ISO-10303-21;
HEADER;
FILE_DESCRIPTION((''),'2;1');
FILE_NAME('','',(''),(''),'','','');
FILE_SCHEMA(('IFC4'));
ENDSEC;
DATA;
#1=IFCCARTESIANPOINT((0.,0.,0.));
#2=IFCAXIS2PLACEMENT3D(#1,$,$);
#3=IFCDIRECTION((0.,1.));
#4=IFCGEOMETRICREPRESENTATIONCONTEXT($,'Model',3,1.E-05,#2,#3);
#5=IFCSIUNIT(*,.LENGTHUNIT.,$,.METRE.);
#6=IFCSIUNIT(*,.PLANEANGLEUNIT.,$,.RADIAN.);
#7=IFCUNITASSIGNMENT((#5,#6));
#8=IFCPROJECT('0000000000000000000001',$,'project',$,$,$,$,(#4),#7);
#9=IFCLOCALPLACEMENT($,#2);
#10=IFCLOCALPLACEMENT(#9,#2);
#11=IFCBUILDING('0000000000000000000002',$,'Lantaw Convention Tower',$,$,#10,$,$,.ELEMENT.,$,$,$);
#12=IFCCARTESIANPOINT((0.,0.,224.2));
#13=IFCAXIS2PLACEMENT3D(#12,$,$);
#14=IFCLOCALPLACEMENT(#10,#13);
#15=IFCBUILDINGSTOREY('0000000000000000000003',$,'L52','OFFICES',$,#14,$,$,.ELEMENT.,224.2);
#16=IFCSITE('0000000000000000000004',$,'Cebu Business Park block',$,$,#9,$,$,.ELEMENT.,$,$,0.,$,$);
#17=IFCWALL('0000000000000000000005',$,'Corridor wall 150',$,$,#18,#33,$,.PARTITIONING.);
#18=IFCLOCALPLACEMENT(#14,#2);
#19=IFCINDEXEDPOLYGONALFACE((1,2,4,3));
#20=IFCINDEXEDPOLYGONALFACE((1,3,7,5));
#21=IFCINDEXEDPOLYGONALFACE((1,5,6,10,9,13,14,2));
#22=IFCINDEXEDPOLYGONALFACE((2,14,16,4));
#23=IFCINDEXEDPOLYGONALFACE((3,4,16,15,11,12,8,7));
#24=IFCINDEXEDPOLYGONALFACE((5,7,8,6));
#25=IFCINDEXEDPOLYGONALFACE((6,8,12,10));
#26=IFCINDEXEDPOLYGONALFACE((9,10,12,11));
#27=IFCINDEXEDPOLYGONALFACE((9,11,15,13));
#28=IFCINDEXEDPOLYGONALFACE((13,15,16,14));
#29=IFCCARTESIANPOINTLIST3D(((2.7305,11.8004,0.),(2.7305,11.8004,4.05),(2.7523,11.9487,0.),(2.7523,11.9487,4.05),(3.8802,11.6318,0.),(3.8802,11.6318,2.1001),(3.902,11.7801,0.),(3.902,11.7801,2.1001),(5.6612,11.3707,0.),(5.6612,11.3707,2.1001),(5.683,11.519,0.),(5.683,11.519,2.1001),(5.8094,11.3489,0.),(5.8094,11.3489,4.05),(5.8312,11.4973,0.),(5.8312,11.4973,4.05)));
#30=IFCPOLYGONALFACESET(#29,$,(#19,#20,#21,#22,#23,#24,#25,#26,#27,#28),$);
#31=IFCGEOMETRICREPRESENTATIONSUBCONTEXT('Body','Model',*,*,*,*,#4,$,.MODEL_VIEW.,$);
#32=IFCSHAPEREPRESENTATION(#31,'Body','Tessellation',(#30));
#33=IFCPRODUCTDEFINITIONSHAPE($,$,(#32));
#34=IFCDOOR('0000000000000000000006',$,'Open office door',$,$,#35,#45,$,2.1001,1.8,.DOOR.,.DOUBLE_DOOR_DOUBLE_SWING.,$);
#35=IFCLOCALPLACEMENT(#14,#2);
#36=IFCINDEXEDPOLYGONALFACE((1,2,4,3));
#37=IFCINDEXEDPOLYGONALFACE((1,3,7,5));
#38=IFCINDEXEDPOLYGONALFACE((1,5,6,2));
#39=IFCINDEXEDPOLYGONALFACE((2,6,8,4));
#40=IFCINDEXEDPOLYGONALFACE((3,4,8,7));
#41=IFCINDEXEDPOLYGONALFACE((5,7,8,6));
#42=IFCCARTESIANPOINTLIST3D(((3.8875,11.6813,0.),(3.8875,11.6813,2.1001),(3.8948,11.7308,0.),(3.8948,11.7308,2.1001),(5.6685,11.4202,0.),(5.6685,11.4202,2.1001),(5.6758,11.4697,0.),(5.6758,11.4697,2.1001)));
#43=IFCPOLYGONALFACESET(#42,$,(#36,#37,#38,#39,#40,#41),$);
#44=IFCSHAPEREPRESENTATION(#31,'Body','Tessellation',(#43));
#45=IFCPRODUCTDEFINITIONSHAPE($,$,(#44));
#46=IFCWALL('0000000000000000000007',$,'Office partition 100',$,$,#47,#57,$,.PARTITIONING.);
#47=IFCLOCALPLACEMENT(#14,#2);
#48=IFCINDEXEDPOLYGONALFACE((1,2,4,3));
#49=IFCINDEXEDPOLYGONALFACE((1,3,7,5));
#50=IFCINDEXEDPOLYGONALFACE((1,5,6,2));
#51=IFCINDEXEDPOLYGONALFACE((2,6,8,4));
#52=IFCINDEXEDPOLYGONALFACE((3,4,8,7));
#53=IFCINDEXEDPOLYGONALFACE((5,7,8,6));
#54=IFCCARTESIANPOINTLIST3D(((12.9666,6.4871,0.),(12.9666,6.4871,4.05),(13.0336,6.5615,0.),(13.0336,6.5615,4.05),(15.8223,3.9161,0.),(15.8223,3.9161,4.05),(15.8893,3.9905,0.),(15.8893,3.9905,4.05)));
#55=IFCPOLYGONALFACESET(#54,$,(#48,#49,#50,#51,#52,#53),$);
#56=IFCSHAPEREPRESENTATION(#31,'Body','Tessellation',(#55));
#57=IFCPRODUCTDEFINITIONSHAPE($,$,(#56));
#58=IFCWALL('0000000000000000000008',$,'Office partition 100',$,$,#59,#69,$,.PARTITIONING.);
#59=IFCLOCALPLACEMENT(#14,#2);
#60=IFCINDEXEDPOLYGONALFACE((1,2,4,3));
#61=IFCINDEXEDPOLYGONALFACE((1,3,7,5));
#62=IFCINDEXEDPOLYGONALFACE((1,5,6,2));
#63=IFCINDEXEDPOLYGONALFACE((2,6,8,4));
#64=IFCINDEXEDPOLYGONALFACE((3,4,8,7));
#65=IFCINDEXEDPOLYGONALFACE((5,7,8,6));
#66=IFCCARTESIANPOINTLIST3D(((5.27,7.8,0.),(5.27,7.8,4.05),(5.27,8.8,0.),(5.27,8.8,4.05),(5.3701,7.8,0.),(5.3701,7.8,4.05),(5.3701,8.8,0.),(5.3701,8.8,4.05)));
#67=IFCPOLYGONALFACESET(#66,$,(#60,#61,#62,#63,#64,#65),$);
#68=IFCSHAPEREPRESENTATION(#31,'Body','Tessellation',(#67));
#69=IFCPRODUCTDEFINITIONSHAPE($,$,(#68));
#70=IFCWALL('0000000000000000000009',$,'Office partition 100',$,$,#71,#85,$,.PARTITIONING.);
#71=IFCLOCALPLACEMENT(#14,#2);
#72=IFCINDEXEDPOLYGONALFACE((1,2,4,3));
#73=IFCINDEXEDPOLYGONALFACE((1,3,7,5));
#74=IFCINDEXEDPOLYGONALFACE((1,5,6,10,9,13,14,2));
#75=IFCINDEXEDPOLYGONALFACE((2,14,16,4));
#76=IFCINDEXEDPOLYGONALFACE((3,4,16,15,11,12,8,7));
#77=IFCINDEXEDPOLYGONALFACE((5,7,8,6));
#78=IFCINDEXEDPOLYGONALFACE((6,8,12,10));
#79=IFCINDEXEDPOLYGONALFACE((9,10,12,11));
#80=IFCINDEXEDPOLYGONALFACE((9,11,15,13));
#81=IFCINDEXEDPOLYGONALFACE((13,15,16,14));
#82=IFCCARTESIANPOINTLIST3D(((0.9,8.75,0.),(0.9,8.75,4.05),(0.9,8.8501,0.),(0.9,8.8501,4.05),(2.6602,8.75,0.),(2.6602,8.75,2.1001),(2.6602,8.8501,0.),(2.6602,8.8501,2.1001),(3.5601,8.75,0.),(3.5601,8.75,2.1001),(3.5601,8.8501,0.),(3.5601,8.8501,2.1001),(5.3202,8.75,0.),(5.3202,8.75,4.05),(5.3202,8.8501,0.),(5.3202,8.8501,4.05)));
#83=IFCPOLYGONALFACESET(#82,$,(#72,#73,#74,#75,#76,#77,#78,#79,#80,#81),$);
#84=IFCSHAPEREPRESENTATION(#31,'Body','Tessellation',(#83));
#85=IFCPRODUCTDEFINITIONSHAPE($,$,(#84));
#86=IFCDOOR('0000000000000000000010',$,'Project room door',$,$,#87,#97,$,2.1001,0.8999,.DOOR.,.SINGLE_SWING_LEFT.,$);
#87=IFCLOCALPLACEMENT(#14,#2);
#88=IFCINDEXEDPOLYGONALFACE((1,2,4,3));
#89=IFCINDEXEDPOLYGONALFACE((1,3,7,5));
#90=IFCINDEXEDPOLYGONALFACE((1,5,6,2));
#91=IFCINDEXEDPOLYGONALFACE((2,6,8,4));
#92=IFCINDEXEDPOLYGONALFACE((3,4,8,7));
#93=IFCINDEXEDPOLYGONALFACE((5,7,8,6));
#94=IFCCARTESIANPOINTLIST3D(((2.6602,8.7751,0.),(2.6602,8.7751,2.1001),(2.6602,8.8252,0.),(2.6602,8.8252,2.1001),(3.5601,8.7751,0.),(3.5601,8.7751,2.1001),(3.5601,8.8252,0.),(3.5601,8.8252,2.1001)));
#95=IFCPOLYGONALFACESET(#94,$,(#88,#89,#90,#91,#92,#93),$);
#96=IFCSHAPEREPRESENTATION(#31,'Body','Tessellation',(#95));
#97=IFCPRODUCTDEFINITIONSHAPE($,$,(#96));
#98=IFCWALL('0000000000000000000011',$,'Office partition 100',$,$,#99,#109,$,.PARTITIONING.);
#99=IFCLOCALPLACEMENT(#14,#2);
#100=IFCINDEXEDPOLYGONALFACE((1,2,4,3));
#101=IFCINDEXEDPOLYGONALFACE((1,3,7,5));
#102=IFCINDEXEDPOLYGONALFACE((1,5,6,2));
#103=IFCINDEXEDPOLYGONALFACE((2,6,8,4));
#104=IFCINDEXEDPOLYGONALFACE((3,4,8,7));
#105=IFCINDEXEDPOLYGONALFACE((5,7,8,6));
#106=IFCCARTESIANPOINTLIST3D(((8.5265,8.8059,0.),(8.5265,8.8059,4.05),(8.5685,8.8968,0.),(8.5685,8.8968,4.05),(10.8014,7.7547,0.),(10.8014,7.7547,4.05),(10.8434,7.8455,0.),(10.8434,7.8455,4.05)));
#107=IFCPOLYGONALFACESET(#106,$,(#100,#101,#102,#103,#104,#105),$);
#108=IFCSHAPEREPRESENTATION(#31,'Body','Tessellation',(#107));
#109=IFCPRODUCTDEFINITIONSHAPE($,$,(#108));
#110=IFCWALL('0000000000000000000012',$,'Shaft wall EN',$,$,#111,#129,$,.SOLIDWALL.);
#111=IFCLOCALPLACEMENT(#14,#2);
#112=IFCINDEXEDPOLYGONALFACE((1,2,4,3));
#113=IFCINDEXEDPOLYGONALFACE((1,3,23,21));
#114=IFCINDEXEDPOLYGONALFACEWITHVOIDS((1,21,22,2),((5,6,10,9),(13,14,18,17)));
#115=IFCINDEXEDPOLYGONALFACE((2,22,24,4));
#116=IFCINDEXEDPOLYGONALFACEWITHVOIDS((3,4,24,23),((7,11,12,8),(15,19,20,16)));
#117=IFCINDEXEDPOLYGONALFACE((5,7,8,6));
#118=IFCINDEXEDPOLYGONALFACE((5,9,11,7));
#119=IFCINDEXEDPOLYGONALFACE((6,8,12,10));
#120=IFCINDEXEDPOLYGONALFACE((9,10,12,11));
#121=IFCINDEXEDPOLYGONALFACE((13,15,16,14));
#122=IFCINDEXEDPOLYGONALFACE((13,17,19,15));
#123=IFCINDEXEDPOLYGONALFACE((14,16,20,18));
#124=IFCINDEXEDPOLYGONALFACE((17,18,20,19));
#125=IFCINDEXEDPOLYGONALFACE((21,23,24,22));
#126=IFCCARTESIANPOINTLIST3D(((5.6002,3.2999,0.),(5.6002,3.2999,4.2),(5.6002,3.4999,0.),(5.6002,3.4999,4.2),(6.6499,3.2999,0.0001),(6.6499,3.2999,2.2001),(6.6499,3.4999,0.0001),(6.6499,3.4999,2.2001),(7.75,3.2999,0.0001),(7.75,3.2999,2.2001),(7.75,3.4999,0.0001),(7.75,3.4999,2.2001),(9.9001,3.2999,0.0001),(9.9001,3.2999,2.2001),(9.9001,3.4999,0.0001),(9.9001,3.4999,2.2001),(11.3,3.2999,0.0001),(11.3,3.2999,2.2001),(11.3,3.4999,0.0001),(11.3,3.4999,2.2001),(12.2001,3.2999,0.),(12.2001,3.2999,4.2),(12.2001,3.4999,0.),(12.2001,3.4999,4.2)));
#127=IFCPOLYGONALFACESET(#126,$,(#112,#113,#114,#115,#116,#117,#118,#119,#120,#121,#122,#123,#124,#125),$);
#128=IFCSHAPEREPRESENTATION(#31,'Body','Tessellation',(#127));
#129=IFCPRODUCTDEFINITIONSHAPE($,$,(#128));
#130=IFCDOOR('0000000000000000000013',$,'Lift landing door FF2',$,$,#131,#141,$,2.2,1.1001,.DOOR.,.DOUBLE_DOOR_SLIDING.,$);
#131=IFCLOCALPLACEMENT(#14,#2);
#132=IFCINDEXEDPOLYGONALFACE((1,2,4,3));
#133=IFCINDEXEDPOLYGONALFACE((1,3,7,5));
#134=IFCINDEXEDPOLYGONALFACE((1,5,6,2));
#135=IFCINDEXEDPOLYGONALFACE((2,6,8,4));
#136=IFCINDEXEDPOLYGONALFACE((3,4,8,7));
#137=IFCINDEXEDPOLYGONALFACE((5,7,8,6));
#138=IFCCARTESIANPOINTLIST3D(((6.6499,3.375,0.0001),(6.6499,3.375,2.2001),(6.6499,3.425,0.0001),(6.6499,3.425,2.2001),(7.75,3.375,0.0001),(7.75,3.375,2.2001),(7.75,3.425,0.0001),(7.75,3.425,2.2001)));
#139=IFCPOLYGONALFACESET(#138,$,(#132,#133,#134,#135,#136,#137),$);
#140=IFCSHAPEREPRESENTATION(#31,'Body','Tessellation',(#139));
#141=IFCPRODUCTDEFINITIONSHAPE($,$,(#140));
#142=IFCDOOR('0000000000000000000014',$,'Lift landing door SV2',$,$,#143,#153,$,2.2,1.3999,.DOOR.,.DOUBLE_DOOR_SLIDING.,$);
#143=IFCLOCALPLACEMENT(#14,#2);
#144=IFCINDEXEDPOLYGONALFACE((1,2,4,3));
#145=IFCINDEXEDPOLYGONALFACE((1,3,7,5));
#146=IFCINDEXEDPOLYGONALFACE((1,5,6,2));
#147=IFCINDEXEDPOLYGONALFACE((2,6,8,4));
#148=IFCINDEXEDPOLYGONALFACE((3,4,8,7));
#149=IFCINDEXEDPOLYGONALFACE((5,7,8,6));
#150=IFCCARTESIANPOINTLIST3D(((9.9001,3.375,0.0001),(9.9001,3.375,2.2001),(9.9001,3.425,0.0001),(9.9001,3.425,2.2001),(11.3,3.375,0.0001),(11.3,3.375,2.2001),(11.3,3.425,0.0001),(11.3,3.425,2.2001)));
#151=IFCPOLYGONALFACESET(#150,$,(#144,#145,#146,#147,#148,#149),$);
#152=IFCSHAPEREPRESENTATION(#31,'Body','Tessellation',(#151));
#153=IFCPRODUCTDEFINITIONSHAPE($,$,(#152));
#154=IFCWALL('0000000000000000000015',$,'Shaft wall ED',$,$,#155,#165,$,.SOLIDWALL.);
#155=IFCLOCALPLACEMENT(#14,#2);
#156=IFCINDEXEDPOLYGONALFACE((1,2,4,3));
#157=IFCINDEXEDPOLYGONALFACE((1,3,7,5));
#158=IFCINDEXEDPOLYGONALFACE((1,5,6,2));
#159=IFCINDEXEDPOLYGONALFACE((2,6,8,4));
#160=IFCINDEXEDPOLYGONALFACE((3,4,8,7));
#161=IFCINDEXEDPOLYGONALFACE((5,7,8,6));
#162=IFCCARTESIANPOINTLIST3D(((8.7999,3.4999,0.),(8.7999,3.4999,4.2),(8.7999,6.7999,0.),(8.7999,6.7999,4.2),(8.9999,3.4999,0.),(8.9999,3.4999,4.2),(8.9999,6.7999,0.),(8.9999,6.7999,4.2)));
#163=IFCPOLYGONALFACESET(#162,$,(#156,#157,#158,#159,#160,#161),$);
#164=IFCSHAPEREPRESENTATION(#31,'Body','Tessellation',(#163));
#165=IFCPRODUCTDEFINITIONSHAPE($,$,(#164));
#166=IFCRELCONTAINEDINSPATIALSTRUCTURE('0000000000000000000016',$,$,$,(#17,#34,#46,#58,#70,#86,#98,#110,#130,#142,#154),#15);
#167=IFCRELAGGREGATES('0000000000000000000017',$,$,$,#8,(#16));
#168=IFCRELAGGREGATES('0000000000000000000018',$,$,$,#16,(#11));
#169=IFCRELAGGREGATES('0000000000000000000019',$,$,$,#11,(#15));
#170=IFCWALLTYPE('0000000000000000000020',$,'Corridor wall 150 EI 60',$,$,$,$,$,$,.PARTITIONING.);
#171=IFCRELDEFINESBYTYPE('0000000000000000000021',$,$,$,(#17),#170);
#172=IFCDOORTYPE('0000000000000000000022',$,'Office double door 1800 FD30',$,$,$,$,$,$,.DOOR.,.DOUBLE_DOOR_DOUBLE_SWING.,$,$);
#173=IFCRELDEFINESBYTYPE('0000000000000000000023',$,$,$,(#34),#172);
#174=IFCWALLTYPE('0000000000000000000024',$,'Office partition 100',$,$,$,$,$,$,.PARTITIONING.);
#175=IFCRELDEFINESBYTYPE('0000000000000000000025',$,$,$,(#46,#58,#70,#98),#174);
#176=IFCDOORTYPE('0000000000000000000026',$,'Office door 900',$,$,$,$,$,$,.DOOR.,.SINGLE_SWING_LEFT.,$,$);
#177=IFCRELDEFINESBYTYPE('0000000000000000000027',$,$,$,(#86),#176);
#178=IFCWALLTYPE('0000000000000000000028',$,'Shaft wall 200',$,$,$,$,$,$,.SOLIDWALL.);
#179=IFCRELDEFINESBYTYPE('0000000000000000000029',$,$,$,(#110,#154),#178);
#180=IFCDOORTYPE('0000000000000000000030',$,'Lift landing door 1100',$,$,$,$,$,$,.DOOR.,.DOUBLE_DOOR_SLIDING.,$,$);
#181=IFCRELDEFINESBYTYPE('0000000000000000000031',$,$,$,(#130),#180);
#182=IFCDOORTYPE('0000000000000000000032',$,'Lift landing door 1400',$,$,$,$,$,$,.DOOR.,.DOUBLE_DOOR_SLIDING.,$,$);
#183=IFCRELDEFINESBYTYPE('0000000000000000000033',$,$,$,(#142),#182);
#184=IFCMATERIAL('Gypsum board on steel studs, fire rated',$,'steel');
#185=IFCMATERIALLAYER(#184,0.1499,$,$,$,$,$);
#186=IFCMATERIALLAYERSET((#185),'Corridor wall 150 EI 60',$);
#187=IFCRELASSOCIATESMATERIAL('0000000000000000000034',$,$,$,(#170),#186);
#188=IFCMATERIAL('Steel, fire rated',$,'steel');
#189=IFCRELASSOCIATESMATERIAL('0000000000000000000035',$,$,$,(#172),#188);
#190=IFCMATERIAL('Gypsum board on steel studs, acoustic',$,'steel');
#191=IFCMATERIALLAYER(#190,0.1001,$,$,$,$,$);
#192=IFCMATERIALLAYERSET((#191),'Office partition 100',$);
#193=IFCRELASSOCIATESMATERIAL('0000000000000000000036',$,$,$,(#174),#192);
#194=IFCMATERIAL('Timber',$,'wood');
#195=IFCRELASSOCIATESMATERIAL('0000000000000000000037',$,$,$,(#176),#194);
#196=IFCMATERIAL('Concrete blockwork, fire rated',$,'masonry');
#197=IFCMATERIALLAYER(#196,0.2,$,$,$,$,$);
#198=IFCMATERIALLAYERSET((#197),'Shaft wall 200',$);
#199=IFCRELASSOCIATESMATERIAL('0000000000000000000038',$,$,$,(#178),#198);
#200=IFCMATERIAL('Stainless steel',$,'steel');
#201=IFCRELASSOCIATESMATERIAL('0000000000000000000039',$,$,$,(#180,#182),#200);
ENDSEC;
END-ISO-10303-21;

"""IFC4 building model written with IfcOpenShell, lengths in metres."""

from ifc_helpers import new_model, si_unit, direction, frame, frame_2d, origin, place, context, subcontext, project, spatial, rectangle, extrude, material, layer, layer_set, type_object, element, fill, save


model = new_model("IFC4")

# Units and contexts
model_context = context("Model", 3, precision=1e-05, world=origin(), true_north=direction((0.0, 1.0)))
body_context = subcontext(model_context, "Body", "Model", "MODEL_VIEW")
ifc_project = project(units=[si_unit("LENGTHUNIT", "METRE"), si_unit("PLANEANGLEUNIT", "RADIAN")], contexts=[model_context])

# Site, building, storey
site_placement = place(None, origin())
site = spatial("IfcSite", under=ifc_project, at=site_placement, Name="Cebu Business Park block", CompositionType="ELEMENT", RefElevation=0.0)
building_placement = place(site_placement, origin())
building = spatial("IfcBuilding", under=site, at=building_placement, Name="Lantaw Convention Tower", CompositionType="ELEMENT")
storey_placement = place(building_placement, frame((0.0, 0.0, 224.2)))
storey = spatial("IfcBuildingStorey", under=building, at=storey_placement, Name="L52", Description="OFFICES", CompositionType="ELEMENT", Elevation=224.2)

# Shared definitions
ifc_material_1 = material(Name="Gypsum board on steel studs, fire rated", Category="steel")
ifc_layer_1 = layer(ifc_material_1, 0.1499)
ifc_layer_set_1 = layer_set([ifc_layer_1], Name="Corridor wall 150 EI 60")
wall_type_1 = type_object("IfcWallType", Name="Corridor wall 150 EI 60", PredefinedType="PARTITIONING", material=ifc_layer_set_1)

# Wall, opening, door
wall_1_placement = place(storey_placement, frame((5.8203, 11.4231, 0.0), z_axis=(0.0, 0.0, 1.0), x_axis=(-0.989422, 0.145067, 0.0)))
wall_1 = element("IfcWall", 1, at=wall_1_placement, inside=storey, type_object=wall_type_1, Name="Corridor wall 150", PredefinedType="PARTITIONING", context=body_context, shape_type="SweptSolid", body=[
    extrude(rectangle(XDim=3.1118, YDim=0.1499, at=frame_2d((1.5559, 0.0))), origin(), (0.0, 0.0, 1.0), 4.05),
])
opening_1_placement = place(wall_1_placement, frame((0.1499, 0.0, 0.0)))
opening_1 = element("IfcOpeningElement", 2, at=opening_1_placement, cuts=wall_1, PredefinedType="OPENING", context=body_context, shape_type="SweptSolid", body=[
    extrude(rectangle(XDim=1.8, YDim=2.1001, at=frame_2d((0.8999, 1.05))), frame((0.0, 0.085, 0.0), z_axis=(0.0, -1.0, 0.0), x_axis=(1.0, 0.0, 0.0)), (0.0, 0.0, 1.0), 0.1699),
])
ifc_material_2 = material(Name="Steel, fire rated", Category="steel")
door_type_1 = type_object("IfcDoorType", Name="Office double door 1800 FD30", OperationType="DOUBLE_DOOR_DOUBLE_SWING", PredefinedType="DOOR", material=ifc_material_2)
door_1_placement = place(opening_1_placement, origin())
door_1 = element("IfcDoor", 3, at=door_1_placement, inside=storey, type_object=door_type_1, Name="Open office door", OperationType="DOUBLE_DOOR_DOUBLE_SWING", OverallHeight=2.1001, OverallWidth=1.8, PredefinedType="DOOR", context=body_context, shape_type="SweptSolid", body=[
    extrude(rectangle(XDim=1.8, YDim=2.1001, at=frame_2d((0.8999, 1.05))), frame((0.0, 0.0249, 0.0), z_axis=(0.0, -1.0, 0.0), x_axis=(1.0, 0.0, 0.0)), (0.0, 0.0, 1.0), 0.05),
])
fill(opening_1, door_1)

# Walls
ifc_material_3 = material(Name="Gypsum board on steel studs, acoustic", Category="steel")
ifc_layer_2 = layer(ifc_material_3, 0.1001)
ifc_layer_set_2 = layer_set([ifc_layer_2], Name="Office partition 100")
wall_type_2 = type_object("IfcWallType", Name="Office partition 100", PredefinedType="PARTITIONING", material=ifc_layer_set_2)
wall_2_placement = place(storey_placement, frame((13.0, 6.5244, 0.0), z_axis=(0.0, 0.0, 1.0), x_axis=(0.743177, -0.669095, 0.0)))
element("IfcWall", 4, at=wall_2_placement, inside=storey, type_object=wall_type_2, Name="Office partition 100", PredefinedType="PARTITIONING", context=body_context, shape_type="SweptSolid", body=[
    extrude(rectangle(XDim=3.8425, YDim=0.1001, at=frame_2d((1.9214, 0.0))), origin(), (0.0, 0.0, 1.0), 4.05),
])
wall_3_placement = place(storey_placement, frame((5.3201, 7.8, 0.0), z_axis=(0.0, 0.0, 1.0), x_axis=(0.0, 1.0, 0.0)))
element("IfcWall", 5, at=wall_3_placement, inside=storey, type_object=wall_type_2, Name="Office partition 100", PredefinedType="PARTITIONING", context=body_context, shape_type="SweptSolid", body=[
    extrude(rectangle(XDim=1.0, YDim=0.1001, at=frame_2d((0.5, 0.0))), origin(), (0.0, 0.0, 1.0), 4.05),
])

# Wall, opening, door
wall_4_placement = place(storey_placement, frame((5.3201, 8.8, 0.0), z_axis=(0.0, 0.0, 1.0), x_axis=(-1.0, 0.0, 0.0)))
wall_4 = element("IfcWall", 6, at=wall_4_placement, inside=storey, type_object=wall_type_2, Name="Office partition 100", PredefinedType="PARTITIONING", context=body_context, shape_type="SweptSolid", body=[
    extrude(rectangle(XDim=4.4202, YDim=0.1001, at=frame_2d((2.21, 0.0))), origin(), (0.0, 0.0, 1.0), 4.05),
])
opening_2_placement = place(wall_4_placement, frame((1.76, 0.0, 0.0)))
opening_2 = element("IfcOpeningElement", 7, at=opening_2_placement, cuts=wall_4, PredefinedType="OPENING", context=body_context, shape_type="SweptSolid", body=[
    extrude(rectangle(XDim=0.8999, YDim=2.1001, at=frame_2d((0.45, 1.05))), frame((0.0, 0.0601, 0.0), z_axis=(0.0, -1.0, 0.0), x_axis=(1.0, 0.0, 0.0)), (0.0, 0.0, 1.0), 0.1201),
])
ifc_material_4 = material(Name="Timber", Category="wood")
door_type_2 = type_object("IfcDoorType", Name="Office door 900", OperationType="SINGLE_SWING_LEFT", PredefinedType="DOOR", material=ifc_material_4)
door_2_placement = place(opening_2_placement, origin())
door_2 = element("IfcDoor", 8, at=door_2_placement, inside=storey, type_object=door_type_2, Name="Project room door", OperationType="SINGLE_SWING_LEFT", OverallHeight=2.1001, OverallWidth=0.8999, PredefinedType="DOOR", context=body_context, shape_type="SweptSolid", body=[
    extrude(rectangle(XDim=0.8999, YDim=2.1001, at=frame_2d((0.45, 1.05))), frame((0.0, 0.0249, 0.0), z_axis=(0.0, -1.0, 0.0), x_axis=(1.0, 0.0, 0.0)), (0.0, 0.0, 1.0), 0.05),
])
fill(opening_2, door_2)

# Wall
wall_5_placement = place(storey_placement, frame((8.5476, 8.8513, 0.0), z_axis=(0.0, 0.0, 1.0), x_axis=(0.90776, -0.419491, 0.0)))
element("IfcWall", 9, at=wall_5_placement, inside=storey, type_object=wall_type_2, Name="Office partition 100", PredefinedType="PARTITIONING", context=body_context, shape_type="SweptSolid", body=[
    extrude(rectangle(XDim=2.5061, YDim=0.1001, at=frame_2d((1.2529, 0.0))), origin(), (0.0, 0.0, 1.0), 4.05),
])

# Wall, openings, doors
ifc_material_5 = material(Name="Concrete blockwork, fire rated", Category="masonry")
ifc_layer_3 = layer(ifc_material_5, 0.2)
ifc_layer_set_3 = layer_set([ifc_layer_3], Name="Shaft wall 200")
wall_type_3 = type_object("IfcWallType", Name="Shaft wall 200", PredefinedType="SOLIDWALL", material=ifc_layer_set_3)
wall_6_placement = place(storey_placement, frame((12.2, 3.3999, 0.0), z_axis=(0.0, 0.0, 1.0), x_axis=(-1.0, 0.0, 0.0)))
wall_6 = element("IfcWall", 10, at=wall_6_placement, inside=storey, type_object=wall_type_3, Name="Shaft wall EN", PredefinedType="SOLIDWALL", context=body_context, shape_type="SweptSolid", body=[
    extrude(rectangle(XDim=6.5999, YDim=0.2, at=frame_2d((3.2998, 0.0))), origin(), (0.0, 0.0, 1.0), 4.2),
])
opening_3_placement = place(wall_6_placement, frame((4.45, 0.0, 0.0)))
opening_3 = element("IfcOpeningElement", 11, at=opening_3_placement, cuts=wall_6, PredefinedType="OPENING", context=body_context, shape_type="SweptSolid", body=[
    extrude(rectangle(XDim=1.1001, YDim=2.2, at=frame_2d((0.55, 1.1001))), frame((0.0, 0.1099, 0.0), z_axis=(0.0, -1.0, 0.0), x_axis=(1.0, 0.0, 0.0)), (0.0, 0.0, 1.0), 0.22),
])
opening_4_placement = place(wall_6_placement, frame((0.8999, 0.0, 0.0)))
opening_4 = element("IfcOpeningElement", 12, at=opening_4_placement, cuts=wall_6, PredefinedType="OPENING", context=body_context, shape_type="SweptSolid", body=[
    extrude(rectangle(XDim=1.3999, YDim=2.2, at=frame_2d((0.7, 1.1001))), frame((0.0, 0.1099, 0.0), z_axis=(0.0, -1.0, 0.0), x_axis=(1.0, 0.0, 0.0)), (0.0, 0.0, 1.0), 0.22),
])
ifc_material_6 = material(Name="Stainless steel", Category="steel")
door_type_3 = type_object("IfcDoorType", Name="Lift landing door 1100", OperationType="DOUBLE_DOOR_SLIDING", PredefinedType="DOOR", material=ifc_material_6)
door_3_placement = place(opening_3_placement, origin())
door_3 = element("IfcDoor", 13, at=door_3_placement, inside=storey, type_object=door_type_3, Name="Lift landing door FF2", OperationType="DOUBLE_DOOR_SLIDING", OverallHeight=2.2, OverallWidth=1.1001, PredefinedType="DOOR", context=body_context, shape_type="SweptSolid", body=[
    extrude(rectangle(XDim=1.1001, YDim=2.2, at=frame_2d((0.55, 1.1001))), frame((0.0, 0.0249, 0.0), z_axis=(0.0, -1.0, 0.0), x_axis=(1.0, 0.0, 0.0)), (0.0, 0.0, 1.0), 0.05),
])
fill(opening_3, door_3)
door_type_4 = type_object("IfcDoorType", Name="Lift landing door 1400", OperationType="DOUBLE_DOOR_SLIDING", PredefinedType="DOOR", material=ifc_material_6)
door_4_placement = place(opening_4_placement, origin())
door_4 = element("IfcDoor", 14, at=door_4_placement, inside=storey, type_object=door_type_4, Name="Lift landing door SV2", OperationType="DOUBLE_DOOR_SLIDING", OverallHeight=2.2, OverallWidth=1.3999, PredefinedType="DOOR", context=body_context, shape_type="SweptSolid", body=[
    extrude(rectangle(XDim=1.3999, YDim=2.2, at=frame_2d((0.7, 1.1001))), frame((0.0, 0.0249, 0.0), z_axis=(0.0, -1.0, 0.0), x_axis=(1.0, 0.0, 0.0)), (0.0, 0.0, 1.0), 0.05),
])
fill(opening_4, door_4)

# Wall
wall_7_placement = place(storey_placement, frame((8.8999, 3.5, 0.0), z_axis=(0.0, 0.0, 1.0), x_axis=(0.0, 1.0, 0.0)))
element("IfcWall", 15, at=wall_7_placement, inside=storey, type_object=wall_type_3, Name="Shaft wall ED", PredefinedType="SOLIDWALL", context=body_context, shape_type="SweptSolid", body=[
    extrude(rectangle(XDim=3.3, YDim=0.2, at=frame_2d((1.6499, 0.0))), origin(), (0.0, 0.0, 1.0), 4.2),
])

save(model, "model.ifc")
